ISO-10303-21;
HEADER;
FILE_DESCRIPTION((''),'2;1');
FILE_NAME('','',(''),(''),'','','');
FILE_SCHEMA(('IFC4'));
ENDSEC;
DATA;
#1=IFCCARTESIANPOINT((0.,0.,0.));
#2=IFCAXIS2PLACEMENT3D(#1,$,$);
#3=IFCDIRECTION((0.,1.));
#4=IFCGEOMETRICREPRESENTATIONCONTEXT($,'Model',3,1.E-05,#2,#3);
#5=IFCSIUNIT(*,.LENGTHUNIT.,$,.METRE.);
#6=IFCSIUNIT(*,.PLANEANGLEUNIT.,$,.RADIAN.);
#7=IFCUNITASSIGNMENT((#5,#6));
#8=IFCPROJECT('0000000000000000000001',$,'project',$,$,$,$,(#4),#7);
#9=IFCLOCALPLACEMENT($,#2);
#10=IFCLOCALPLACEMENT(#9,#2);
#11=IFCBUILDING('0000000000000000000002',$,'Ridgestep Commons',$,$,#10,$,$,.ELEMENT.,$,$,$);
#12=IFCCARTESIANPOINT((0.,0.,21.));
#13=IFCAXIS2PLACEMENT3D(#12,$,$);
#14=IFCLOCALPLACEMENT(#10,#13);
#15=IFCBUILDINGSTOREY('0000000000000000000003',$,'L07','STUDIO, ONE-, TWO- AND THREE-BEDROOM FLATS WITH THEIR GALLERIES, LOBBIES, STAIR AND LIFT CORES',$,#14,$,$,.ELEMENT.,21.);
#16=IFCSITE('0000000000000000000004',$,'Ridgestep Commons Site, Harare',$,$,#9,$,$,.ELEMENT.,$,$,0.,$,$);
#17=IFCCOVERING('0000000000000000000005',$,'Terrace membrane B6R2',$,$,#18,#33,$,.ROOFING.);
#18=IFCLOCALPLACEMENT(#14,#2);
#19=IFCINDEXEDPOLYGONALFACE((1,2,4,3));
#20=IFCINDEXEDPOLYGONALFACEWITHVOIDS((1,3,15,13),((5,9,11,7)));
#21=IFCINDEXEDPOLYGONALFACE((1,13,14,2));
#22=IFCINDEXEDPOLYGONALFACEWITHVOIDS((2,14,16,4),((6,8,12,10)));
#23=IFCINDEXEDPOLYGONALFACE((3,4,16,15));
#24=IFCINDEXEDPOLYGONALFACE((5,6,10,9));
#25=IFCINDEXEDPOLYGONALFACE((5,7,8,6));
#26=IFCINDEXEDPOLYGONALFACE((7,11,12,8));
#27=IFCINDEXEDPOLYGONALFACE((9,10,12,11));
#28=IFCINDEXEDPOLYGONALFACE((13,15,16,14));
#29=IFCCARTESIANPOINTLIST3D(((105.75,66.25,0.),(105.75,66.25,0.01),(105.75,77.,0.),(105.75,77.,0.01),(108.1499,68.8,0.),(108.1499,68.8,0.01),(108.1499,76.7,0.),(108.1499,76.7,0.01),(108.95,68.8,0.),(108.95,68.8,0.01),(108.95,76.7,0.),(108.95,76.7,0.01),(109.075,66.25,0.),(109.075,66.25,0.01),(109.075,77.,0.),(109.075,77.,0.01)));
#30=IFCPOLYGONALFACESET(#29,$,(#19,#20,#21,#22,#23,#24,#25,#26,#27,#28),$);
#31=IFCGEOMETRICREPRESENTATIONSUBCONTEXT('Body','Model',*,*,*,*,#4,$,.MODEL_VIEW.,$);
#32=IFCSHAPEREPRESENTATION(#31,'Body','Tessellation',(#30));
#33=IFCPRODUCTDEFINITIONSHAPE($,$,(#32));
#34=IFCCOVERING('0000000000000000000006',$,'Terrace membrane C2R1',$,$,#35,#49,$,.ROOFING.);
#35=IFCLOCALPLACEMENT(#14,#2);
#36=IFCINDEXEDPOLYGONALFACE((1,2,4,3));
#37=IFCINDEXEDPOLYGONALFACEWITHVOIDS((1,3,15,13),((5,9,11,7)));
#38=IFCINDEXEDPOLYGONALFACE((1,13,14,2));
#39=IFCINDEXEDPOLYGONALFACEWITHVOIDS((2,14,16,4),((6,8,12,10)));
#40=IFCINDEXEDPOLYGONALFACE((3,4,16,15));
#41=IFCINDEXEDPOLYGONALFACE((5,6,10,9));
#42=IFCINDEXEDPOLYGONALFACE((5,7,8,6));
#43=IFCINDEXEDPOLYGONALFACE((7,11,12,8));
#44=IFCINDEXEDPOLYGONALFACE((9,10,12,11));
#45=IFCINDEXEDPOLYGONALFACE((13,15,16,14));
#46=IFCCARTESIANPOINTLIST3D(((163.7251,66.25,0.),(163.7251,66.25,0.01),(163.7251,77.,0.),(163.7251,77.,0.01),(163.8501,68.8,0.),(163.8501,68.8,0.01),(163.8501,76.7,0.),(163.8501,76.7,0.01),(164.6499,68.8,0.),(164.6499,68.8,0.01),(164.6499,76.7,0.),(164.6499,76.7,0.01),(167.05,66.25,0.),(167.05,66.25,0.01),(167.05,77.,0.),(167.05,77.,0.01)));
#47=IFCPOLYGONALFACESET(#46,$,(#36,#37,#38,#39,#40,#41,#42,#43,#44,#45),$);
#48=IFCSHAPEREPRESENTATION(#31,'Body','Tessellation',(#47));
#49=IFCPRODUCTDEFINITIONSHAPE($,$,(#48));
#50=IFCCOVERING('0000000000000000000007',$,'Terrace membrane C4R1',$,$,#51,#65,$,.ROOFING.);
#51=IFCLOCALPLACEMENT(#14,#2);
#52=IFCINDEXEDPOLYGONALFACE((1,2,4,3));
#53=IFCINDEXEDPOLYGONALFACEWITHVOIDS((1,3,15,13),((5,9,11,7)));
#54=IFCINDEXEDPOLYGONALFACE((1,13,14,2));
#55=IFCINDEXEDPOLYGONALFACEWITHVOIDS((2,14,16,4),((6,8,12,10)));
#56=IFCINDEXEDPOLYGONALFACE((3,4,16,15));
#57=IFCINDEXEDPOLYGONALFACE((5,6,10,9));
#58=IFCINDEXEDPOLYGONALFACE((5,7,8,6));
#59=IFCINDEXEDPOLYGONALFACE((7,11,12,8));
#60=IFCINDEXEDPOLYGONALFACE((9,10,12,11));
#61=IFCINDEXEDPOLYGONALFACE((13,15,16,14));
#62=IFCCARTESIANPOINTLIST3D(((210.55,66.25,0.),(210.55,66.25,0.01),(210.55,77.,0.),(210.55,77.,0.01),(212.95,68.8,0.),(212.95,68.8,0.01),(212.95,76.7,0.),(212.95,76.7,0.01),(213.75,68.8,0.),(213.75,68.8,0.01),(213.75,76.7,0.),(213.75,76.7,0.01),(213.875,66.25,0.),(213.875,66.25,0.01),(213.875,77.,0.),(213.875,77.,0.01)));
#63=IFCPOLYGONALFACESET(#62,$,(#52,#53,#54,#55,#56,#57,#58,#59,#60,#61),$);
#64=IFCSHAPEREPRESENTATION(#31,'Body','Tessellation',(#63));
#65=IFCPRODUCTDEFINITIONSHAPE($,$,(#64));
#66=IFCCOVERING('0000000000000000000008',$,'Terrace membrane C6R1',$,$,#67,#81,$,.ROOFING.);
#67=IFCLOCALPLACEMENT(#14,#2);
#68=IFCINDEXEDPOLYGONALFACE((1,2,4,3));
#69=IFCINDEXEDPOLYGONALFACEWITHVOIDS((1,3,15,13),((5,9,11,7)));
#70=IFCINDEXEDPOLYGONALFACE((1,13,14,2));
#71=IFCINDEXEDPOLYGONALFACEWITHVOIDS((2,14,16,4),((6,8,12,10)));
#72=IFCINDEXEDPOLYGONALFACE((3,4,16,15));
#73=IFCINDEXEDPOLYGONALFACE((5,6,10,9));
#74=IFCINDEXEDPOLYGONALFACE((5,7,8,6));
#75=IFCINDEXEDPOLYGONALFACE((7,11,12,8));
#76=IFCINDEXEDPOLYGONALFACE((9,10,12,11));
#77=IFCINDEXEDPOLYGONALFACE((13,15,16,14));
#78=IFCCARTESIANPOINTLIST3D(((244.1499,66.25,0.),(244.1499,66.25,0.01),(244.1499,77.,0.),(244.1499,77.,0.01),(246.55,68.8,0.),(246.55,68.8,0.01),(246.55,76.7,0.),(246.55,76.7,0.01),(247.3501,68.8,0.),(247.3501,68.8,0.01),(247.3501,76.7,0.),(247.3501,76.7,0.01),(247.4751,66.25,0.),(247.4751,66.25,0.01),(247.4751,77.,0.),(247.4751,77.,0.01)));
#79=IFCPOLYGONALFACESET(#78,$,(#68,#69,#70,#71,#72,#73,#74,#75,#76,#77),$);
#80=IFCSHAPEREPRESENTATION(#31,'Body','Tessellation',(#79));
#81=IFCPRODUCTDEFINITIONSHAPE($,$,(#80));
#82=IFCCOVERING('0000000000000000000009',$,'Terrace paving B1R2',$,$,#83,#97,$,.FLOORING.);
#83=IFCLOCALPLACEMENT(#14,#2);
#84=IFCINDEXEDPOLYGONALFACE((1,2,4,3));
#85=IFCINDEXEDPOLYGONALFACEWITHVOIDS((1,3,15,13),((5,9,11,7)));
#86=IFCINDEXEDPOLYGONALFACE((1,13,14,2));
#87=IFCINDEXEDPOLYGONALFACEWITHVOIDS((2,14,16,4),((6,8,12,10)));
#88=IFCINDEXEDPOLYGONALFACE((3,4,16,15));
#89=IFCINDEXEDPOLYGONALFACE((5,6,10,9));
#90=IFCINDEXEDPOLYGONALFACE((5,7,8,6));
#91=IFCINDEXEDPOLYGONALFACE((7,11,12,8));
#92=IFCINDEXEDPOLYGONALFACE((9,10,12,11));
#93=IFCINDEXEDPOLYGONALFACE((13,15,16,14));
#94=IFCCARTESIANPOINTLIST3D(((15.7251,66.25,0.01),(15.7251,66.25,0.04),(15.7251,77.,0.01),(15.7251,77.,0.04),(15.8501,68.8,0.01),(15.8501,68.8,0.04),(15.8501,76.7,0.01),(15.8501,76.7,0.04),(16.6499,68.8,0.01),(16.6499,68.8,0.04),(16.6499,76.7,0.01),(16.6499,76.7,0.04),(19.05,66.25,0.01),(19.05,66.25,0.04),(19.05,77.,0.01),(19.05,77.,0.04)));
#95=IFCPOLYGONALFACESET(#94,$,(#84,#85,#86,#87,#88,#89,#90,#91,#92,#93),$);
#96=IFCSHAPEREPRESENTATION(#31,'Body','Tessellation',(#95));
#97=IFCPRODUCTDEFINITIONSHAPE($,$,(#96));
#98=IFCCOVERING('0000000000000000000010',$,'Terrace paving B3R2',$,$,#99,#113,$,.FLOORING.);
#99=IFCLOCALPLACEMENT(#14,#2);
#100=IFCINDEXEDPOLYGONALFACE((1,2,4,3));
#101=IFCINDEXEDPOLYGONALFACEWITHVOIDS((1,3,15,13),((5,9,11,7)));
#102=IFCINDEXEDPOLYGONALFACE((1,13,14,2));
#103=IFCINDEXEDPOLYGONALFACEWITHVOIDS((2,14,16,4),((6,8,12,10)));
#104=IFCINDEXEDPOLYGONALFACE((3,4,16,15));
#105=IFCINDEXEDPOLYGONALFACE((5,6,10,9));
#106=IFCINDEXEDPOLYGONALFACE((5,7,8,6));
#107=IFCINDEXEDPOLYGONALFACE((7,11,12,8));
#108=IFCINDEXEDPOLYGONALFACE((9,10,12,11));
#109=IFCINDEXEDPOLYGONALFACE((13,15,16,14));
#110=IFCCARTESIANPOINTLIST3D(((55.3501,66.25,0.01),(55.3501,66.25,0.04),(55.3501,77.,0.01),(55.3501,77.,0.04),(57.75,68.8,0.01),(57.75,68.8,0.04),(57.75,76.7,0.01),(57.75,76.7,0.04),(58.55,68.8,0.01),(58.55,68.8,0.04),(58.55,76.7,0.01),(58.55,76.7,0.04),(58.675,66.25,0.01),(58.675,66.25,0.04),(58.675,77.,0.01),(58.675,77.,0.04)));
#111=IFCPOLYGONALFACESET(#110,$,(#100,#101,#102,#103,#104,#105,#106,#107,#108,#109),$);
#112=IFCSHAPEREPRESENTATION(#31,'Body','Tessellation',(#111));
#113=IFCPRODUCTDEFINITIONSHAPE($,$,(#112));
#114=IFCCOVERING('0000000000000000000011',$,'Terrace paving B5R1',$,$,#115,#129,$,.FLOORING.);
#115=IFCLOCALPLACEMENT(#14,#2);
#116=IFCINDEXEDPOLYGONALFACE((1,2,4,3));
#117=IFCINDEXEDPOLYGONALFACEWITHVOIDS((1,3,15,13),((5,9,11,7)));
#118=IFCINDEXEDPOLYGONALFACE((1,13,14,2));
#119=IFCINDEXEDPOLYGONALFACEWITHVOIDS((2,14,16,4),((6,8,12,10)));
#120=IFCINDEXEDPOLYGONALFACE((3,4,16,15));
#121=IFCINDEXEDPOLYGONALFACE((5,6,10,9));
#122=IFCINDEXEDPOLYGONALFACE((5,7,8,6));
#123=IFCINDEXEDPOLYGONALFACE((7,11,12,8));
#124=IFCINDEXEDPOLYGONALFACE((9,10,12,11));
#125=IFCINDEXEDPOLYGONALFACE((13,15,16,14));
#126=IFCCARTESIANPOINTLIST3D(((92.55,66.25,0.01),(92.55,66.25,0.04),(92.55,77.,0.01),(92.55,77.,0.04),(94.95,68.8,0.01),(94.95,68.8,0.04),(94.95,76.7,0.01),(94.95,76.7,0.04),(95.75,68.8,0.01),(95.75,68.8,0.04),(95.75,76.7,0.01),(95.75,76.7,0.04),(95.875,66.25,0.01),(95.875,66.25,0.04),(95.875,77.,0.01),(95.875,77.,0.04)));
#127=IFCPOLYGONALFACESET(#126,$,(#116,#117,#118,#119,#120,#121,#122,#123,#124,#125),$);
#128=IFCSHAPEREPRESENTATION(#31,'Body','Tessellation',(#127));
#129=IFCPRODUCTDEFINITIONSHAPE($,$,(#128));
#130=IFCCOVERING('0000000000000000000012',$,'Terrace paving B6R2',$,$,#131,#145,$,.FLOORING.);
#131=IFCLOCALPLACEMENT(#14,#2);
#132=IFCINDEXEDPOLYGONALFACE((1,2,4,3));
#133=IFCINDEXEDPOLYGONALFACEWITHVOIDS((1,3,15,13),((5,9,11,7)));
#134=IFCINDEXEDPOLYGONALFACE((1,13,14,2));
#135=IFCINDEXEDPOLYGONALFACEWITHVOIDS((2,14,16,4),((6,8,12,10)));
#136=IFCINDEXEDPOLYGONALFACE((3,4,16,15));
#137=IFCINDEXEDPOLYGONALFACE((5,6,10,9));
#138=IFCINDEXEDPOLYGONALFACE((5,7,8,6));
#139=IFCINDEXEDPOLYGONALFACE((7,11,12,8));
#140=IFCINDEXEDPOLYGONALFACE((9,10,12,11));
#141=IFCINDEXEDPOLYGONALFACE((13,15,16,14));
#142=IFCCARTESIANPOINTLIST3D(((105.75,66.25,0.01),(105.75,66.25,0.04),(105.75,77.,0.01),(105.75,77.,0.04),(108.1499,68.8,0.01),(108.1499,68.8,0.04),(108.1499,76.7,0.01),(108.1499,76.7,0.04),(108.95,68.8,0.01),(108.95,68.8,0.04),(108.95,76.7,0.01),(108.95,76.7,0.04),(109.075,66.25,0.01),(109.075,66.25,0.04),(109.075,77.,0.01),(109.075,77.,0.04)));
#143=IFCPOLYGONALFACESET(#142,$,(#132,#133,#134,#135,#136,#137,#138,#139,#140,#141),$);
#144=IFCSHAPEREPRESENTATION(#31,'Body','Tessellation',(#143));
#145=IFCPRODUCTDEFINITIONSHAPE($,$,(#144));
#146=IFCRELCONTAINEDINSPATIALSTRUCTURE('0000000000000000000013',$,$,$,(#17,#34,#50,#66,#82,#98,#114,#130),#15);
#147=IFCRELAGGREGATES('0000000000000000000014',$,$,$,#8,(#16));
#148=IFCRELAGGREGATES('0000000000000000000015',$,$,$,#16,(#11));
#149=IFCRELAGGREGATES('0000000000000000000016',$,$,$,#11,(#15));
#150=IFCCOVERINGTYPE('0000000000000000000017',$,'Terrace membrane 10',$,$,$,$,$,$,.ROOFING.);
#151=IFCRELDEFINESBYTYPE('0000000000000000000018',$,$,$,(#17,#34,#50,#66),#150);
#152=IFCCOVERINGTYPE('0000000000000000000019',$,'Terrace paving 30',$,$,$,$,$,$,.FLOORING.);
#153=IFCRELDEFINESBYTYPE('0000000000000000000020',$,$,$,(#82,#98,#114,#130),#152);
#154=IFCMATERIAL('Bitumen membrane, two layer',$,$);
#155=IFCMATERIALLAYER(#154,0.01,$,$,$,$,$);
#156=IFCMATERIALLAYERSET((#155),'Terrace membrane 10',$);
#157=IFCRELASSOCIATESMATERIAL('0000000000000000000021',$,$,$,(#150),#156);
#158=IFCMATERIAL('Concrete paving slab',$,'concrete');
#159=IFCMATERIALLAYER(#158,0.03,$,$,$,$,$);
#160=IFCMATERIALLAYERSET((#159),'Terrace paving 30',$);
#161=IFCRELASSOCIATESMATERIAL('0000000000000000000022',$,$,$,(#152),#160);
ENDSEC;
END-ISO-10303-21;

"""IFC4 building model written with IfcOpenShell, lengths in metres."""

from ifc_helpers import new_model, si_unit, direction, frame, origin, place, context, subcontext, project, spatial, polyline, outline, extrude, material, layer, layer_set, type_object, element, save


model = new_model("IFC4")

# Units and contexts
model_context = context("Model", 3, precision=1e-05, world=origin(), true_north=direction((0.0, 1.0)))
body_context = subcontext(model_context, "Body", "Model", "MODEL_VIEW")
ifc_project = project(units=[si_unit("LENGTHUNIT", "METRE"), si_unit("PLANEANGLEUNIT", "RADIAN")], contexts=[model_context])

# Site, building, storey
site_placement = place(None, origin())
site = spatial("IfcSite", under=ifc_project, at=site_placement, Name="Ridgestep Commons Site, Harare", CompositionType="ELEMENT", RefElevation=0.0)
building_placement = place(site_placement, origin())
building = spatial("IfcBuilding", under=site, at=building_placement, Name="Ridgestep Commons", CompositionType="ELEMENT")
storey_placement = place(building_placement, frame((0.0, 0.0, 21.0)))
storey = spatial("IfcBuildingStorey", under=building, at=storey_placement, Name="L07", Description="STUDIO, ONE-, TWO- AND THREE-BEDROOM FLATS WITH THEIR GALLERIES, LOBBIES, STAIR AND LIFT CORES", CompositionType="ELEMENT", Elevation=21.0)

# Coverings
ifc_material_1 = material(Name="Bitumen membrane, two layer")
ifc_layer_1 = layer(ifc_material_1, 0.01)
ifc_layer_set_1 = layer_set([ifc_layer_1], Name="Terrace membrane 10")
covering_type_1 = type_object("IfcCoveringType", Name="Terrace membrane 10", PredefinedType="ROOFING", material=ifc_layer_set_1)
covering_1_placement = place(storey_placement, origin())
element("IfcCovering", 1, at=covering_1_placement, inside=storey, type_object=covering_type_1, Name="Terrace membrane B6R2", PredefinedType="ROOFING", context=body_context, shape_type="SweptSolid", body=[
    extrude(outline(polyline([(109.075, 66.25), (109.075, 77.0), (105.75, 77.0), (105.75, 66.25), (109.075, 66.25)]), holes=[polyline([(108.95, 68.8), (108.95, 76.7), (108.1499, 76.7), (108.1499, 68.8), (108.95, 68.8)])]), origin(), (0.0, 0.0, 1.0), 0.01),
])
covering_2_placement = place(storey_placement, origin())
element("IfcCovering", 2, at=covering_2_placement, inside=storey, type_object=covering_type_1, Name="Terrace membrane C2R1", PredefinedType="ROOFING", context=body_context, shape_type="SweptSolid", body=[
    extrude(outline(polyline([(167.05, 66.25), (167.05, 77.0), (163.7251, 77.0), (163.7251, 66.25), (167.05, 66.25)]), holes=[polyline([(164.6499, 68.8), (164.6499, 76.7), (163.8501, 76.7), (163.8501, 68.8), (164.6499, 68.8)])]), origin(), (0.0, 0.0, 1.0), 0.01),
])
covering_3_placement = place(storey_placement, origin())
element("IfcCovering", 3, at=covering_3_placement, inside=storey, type_object=covering_type_1, Name="Terrace membrane C4R1", PredefinedType="ROOFING", context=body_context, shape_type="SweptSolid", body=[
    extrude(outline(polyline([(213.875, 66.25), (213.875, 77.0), (210.55, 77.0), (210.55, 66.25), (213.875, 66.25)]), holes=[polyline([(213.75, 68.8), (213.75, 76.7), (212.95, 76.7), (212.95, 68.8), (213.75, 68.8)])]), origin(), (0.0, 0.0, 1.0), 0.01),
])
covering_4_placement = place(storey_placement, origin())
element("IfcCovering", 4, at=covering_4_placement, inside=storey, type_object=covering_type_1, Name="Terrace membrane C6R1", PredefinedType="ROOFING", context=body_context, shape_type="SweptSolid", body=[
    extrude(outline(polyline([(247.4751, 66.25), (247.4751, 77.0), (244.1499, 77.0), (244.1499, 66.25), (247.4751, 66.25)]), holes=[polyline([(247.3501, 68.8), (247.3501, 76.7), (246.55, 76.7), (246.55, 68.8), (247.3501, 68.8)])]), origin(), (0.0, 0.0, 1.0), 0.01),
])
ifc_material_2 = material(Name="Concrete paving slab", Category="concrete")
ifc_layer_2 = layer(ifc_material_2, 0.03)
ifc_layer_set_2 = layer_set([ifc_layer_2], Name="Terrace paving 30")
covering_type_2 = type_object("IfcCoveringType", Name="Terrace paving 30", PredefinedType="FLOORING", material=ifc_layer_set_2)
covering_5_placement = place(storey_placement, frame((0.0, 0.0, 0.01)))
element("IfcCovering", 5, at=covering_5_placement, inside=storey, type_object=covering_type_2, Name="Terrace paving B1R2", PredefinedType="FLOORING", context=body_context, shape_type="SweptSolid", body=[
    extrude(outline(polyline([(19.05, 66.25), (19.05, 77.0), (15.7251, 77.0), (15.7251, 66.25), (19.05, 66.25)]), holes=[polyline([(16.6499, 68.8), (16.6499, 76.7), (15.8501, 76.7), (15.8501, 68.8), (16.6499, 68.8)])]), origin(), (0.0, 0.0, 1.0), 0.03),
])
covering_6_placement = place(storey_placement, frame((0.0, 0.0, 0.01)))
element("IfcCovering", 6, at=covering_6_placement, inside=storey, type_object=covering_type_2, Name="Terrace paving B3R2", PredefinedType="FLOORING", context=body_context, shape_type="SweptSolid", body=[
    extrude(outline(polyline([(58.675, 66.25), (58.675, 77.0), (55.3501, 77.0), (55.3501, 66.25), (58.675, 66.25)]), holes=[polyline([(58.55, 68.8), (58.55, 76.7), (57.75, 76.7), (57.75, 68.8), (58.55, 68.8)])]), origin(), (0.0, 0.0, 1.0), 0.03),
])
covering_7_placement = place(storey_placement, frame((0.0, 0.0, 0.01)))
element("IfcCovering", 7, at=covering_7_placement, inside=storey, type_object=covering_type_2, Name="Terrace paving B5R1", PredefinedType="FLOORING", context=body_context, shape_type="SweptSolid", body=[
    extrude(outline(polyline([(95.875, 66.25), (95.875, 77.0), (92.55, 77.0), (92.55, 66.25), (95.875, 66.25)]), holes=[polyline([(95.75, 68.8), (95.75, 76.7), (94.95, 76.7), (94.95, 68.8), (95.75, 68.8)])]), origin(), (0.0, 0.0, 1.0), 0.03),
])
covering_8_placement = place(storey_placement, frame((0.0, 0.0, 0.01)))
element("IfcCovering", 8, at=covering_8_placement, inside=storey, type_object=covering_type_2, Name="Terrace paving B6R2", PredefinedType="FLOORING", context=body_context, shape_type="SweptSolid", body=[
    extrude(outline(polyline([(109.075, 66.25), (109.075, 77.0), (105.75, 77.0), (105.75, 66.25), (109.075, 66.25)]), holes=[polyline([(108.95, 68.8), (108.95, 76.7), (108.1499, 76.7), (108.1499, 68.8), (108.95, 68.8)])]), origin(), (0.0, 0.0, 1.0), 0.03),
])

save(model, "model.ifc")
